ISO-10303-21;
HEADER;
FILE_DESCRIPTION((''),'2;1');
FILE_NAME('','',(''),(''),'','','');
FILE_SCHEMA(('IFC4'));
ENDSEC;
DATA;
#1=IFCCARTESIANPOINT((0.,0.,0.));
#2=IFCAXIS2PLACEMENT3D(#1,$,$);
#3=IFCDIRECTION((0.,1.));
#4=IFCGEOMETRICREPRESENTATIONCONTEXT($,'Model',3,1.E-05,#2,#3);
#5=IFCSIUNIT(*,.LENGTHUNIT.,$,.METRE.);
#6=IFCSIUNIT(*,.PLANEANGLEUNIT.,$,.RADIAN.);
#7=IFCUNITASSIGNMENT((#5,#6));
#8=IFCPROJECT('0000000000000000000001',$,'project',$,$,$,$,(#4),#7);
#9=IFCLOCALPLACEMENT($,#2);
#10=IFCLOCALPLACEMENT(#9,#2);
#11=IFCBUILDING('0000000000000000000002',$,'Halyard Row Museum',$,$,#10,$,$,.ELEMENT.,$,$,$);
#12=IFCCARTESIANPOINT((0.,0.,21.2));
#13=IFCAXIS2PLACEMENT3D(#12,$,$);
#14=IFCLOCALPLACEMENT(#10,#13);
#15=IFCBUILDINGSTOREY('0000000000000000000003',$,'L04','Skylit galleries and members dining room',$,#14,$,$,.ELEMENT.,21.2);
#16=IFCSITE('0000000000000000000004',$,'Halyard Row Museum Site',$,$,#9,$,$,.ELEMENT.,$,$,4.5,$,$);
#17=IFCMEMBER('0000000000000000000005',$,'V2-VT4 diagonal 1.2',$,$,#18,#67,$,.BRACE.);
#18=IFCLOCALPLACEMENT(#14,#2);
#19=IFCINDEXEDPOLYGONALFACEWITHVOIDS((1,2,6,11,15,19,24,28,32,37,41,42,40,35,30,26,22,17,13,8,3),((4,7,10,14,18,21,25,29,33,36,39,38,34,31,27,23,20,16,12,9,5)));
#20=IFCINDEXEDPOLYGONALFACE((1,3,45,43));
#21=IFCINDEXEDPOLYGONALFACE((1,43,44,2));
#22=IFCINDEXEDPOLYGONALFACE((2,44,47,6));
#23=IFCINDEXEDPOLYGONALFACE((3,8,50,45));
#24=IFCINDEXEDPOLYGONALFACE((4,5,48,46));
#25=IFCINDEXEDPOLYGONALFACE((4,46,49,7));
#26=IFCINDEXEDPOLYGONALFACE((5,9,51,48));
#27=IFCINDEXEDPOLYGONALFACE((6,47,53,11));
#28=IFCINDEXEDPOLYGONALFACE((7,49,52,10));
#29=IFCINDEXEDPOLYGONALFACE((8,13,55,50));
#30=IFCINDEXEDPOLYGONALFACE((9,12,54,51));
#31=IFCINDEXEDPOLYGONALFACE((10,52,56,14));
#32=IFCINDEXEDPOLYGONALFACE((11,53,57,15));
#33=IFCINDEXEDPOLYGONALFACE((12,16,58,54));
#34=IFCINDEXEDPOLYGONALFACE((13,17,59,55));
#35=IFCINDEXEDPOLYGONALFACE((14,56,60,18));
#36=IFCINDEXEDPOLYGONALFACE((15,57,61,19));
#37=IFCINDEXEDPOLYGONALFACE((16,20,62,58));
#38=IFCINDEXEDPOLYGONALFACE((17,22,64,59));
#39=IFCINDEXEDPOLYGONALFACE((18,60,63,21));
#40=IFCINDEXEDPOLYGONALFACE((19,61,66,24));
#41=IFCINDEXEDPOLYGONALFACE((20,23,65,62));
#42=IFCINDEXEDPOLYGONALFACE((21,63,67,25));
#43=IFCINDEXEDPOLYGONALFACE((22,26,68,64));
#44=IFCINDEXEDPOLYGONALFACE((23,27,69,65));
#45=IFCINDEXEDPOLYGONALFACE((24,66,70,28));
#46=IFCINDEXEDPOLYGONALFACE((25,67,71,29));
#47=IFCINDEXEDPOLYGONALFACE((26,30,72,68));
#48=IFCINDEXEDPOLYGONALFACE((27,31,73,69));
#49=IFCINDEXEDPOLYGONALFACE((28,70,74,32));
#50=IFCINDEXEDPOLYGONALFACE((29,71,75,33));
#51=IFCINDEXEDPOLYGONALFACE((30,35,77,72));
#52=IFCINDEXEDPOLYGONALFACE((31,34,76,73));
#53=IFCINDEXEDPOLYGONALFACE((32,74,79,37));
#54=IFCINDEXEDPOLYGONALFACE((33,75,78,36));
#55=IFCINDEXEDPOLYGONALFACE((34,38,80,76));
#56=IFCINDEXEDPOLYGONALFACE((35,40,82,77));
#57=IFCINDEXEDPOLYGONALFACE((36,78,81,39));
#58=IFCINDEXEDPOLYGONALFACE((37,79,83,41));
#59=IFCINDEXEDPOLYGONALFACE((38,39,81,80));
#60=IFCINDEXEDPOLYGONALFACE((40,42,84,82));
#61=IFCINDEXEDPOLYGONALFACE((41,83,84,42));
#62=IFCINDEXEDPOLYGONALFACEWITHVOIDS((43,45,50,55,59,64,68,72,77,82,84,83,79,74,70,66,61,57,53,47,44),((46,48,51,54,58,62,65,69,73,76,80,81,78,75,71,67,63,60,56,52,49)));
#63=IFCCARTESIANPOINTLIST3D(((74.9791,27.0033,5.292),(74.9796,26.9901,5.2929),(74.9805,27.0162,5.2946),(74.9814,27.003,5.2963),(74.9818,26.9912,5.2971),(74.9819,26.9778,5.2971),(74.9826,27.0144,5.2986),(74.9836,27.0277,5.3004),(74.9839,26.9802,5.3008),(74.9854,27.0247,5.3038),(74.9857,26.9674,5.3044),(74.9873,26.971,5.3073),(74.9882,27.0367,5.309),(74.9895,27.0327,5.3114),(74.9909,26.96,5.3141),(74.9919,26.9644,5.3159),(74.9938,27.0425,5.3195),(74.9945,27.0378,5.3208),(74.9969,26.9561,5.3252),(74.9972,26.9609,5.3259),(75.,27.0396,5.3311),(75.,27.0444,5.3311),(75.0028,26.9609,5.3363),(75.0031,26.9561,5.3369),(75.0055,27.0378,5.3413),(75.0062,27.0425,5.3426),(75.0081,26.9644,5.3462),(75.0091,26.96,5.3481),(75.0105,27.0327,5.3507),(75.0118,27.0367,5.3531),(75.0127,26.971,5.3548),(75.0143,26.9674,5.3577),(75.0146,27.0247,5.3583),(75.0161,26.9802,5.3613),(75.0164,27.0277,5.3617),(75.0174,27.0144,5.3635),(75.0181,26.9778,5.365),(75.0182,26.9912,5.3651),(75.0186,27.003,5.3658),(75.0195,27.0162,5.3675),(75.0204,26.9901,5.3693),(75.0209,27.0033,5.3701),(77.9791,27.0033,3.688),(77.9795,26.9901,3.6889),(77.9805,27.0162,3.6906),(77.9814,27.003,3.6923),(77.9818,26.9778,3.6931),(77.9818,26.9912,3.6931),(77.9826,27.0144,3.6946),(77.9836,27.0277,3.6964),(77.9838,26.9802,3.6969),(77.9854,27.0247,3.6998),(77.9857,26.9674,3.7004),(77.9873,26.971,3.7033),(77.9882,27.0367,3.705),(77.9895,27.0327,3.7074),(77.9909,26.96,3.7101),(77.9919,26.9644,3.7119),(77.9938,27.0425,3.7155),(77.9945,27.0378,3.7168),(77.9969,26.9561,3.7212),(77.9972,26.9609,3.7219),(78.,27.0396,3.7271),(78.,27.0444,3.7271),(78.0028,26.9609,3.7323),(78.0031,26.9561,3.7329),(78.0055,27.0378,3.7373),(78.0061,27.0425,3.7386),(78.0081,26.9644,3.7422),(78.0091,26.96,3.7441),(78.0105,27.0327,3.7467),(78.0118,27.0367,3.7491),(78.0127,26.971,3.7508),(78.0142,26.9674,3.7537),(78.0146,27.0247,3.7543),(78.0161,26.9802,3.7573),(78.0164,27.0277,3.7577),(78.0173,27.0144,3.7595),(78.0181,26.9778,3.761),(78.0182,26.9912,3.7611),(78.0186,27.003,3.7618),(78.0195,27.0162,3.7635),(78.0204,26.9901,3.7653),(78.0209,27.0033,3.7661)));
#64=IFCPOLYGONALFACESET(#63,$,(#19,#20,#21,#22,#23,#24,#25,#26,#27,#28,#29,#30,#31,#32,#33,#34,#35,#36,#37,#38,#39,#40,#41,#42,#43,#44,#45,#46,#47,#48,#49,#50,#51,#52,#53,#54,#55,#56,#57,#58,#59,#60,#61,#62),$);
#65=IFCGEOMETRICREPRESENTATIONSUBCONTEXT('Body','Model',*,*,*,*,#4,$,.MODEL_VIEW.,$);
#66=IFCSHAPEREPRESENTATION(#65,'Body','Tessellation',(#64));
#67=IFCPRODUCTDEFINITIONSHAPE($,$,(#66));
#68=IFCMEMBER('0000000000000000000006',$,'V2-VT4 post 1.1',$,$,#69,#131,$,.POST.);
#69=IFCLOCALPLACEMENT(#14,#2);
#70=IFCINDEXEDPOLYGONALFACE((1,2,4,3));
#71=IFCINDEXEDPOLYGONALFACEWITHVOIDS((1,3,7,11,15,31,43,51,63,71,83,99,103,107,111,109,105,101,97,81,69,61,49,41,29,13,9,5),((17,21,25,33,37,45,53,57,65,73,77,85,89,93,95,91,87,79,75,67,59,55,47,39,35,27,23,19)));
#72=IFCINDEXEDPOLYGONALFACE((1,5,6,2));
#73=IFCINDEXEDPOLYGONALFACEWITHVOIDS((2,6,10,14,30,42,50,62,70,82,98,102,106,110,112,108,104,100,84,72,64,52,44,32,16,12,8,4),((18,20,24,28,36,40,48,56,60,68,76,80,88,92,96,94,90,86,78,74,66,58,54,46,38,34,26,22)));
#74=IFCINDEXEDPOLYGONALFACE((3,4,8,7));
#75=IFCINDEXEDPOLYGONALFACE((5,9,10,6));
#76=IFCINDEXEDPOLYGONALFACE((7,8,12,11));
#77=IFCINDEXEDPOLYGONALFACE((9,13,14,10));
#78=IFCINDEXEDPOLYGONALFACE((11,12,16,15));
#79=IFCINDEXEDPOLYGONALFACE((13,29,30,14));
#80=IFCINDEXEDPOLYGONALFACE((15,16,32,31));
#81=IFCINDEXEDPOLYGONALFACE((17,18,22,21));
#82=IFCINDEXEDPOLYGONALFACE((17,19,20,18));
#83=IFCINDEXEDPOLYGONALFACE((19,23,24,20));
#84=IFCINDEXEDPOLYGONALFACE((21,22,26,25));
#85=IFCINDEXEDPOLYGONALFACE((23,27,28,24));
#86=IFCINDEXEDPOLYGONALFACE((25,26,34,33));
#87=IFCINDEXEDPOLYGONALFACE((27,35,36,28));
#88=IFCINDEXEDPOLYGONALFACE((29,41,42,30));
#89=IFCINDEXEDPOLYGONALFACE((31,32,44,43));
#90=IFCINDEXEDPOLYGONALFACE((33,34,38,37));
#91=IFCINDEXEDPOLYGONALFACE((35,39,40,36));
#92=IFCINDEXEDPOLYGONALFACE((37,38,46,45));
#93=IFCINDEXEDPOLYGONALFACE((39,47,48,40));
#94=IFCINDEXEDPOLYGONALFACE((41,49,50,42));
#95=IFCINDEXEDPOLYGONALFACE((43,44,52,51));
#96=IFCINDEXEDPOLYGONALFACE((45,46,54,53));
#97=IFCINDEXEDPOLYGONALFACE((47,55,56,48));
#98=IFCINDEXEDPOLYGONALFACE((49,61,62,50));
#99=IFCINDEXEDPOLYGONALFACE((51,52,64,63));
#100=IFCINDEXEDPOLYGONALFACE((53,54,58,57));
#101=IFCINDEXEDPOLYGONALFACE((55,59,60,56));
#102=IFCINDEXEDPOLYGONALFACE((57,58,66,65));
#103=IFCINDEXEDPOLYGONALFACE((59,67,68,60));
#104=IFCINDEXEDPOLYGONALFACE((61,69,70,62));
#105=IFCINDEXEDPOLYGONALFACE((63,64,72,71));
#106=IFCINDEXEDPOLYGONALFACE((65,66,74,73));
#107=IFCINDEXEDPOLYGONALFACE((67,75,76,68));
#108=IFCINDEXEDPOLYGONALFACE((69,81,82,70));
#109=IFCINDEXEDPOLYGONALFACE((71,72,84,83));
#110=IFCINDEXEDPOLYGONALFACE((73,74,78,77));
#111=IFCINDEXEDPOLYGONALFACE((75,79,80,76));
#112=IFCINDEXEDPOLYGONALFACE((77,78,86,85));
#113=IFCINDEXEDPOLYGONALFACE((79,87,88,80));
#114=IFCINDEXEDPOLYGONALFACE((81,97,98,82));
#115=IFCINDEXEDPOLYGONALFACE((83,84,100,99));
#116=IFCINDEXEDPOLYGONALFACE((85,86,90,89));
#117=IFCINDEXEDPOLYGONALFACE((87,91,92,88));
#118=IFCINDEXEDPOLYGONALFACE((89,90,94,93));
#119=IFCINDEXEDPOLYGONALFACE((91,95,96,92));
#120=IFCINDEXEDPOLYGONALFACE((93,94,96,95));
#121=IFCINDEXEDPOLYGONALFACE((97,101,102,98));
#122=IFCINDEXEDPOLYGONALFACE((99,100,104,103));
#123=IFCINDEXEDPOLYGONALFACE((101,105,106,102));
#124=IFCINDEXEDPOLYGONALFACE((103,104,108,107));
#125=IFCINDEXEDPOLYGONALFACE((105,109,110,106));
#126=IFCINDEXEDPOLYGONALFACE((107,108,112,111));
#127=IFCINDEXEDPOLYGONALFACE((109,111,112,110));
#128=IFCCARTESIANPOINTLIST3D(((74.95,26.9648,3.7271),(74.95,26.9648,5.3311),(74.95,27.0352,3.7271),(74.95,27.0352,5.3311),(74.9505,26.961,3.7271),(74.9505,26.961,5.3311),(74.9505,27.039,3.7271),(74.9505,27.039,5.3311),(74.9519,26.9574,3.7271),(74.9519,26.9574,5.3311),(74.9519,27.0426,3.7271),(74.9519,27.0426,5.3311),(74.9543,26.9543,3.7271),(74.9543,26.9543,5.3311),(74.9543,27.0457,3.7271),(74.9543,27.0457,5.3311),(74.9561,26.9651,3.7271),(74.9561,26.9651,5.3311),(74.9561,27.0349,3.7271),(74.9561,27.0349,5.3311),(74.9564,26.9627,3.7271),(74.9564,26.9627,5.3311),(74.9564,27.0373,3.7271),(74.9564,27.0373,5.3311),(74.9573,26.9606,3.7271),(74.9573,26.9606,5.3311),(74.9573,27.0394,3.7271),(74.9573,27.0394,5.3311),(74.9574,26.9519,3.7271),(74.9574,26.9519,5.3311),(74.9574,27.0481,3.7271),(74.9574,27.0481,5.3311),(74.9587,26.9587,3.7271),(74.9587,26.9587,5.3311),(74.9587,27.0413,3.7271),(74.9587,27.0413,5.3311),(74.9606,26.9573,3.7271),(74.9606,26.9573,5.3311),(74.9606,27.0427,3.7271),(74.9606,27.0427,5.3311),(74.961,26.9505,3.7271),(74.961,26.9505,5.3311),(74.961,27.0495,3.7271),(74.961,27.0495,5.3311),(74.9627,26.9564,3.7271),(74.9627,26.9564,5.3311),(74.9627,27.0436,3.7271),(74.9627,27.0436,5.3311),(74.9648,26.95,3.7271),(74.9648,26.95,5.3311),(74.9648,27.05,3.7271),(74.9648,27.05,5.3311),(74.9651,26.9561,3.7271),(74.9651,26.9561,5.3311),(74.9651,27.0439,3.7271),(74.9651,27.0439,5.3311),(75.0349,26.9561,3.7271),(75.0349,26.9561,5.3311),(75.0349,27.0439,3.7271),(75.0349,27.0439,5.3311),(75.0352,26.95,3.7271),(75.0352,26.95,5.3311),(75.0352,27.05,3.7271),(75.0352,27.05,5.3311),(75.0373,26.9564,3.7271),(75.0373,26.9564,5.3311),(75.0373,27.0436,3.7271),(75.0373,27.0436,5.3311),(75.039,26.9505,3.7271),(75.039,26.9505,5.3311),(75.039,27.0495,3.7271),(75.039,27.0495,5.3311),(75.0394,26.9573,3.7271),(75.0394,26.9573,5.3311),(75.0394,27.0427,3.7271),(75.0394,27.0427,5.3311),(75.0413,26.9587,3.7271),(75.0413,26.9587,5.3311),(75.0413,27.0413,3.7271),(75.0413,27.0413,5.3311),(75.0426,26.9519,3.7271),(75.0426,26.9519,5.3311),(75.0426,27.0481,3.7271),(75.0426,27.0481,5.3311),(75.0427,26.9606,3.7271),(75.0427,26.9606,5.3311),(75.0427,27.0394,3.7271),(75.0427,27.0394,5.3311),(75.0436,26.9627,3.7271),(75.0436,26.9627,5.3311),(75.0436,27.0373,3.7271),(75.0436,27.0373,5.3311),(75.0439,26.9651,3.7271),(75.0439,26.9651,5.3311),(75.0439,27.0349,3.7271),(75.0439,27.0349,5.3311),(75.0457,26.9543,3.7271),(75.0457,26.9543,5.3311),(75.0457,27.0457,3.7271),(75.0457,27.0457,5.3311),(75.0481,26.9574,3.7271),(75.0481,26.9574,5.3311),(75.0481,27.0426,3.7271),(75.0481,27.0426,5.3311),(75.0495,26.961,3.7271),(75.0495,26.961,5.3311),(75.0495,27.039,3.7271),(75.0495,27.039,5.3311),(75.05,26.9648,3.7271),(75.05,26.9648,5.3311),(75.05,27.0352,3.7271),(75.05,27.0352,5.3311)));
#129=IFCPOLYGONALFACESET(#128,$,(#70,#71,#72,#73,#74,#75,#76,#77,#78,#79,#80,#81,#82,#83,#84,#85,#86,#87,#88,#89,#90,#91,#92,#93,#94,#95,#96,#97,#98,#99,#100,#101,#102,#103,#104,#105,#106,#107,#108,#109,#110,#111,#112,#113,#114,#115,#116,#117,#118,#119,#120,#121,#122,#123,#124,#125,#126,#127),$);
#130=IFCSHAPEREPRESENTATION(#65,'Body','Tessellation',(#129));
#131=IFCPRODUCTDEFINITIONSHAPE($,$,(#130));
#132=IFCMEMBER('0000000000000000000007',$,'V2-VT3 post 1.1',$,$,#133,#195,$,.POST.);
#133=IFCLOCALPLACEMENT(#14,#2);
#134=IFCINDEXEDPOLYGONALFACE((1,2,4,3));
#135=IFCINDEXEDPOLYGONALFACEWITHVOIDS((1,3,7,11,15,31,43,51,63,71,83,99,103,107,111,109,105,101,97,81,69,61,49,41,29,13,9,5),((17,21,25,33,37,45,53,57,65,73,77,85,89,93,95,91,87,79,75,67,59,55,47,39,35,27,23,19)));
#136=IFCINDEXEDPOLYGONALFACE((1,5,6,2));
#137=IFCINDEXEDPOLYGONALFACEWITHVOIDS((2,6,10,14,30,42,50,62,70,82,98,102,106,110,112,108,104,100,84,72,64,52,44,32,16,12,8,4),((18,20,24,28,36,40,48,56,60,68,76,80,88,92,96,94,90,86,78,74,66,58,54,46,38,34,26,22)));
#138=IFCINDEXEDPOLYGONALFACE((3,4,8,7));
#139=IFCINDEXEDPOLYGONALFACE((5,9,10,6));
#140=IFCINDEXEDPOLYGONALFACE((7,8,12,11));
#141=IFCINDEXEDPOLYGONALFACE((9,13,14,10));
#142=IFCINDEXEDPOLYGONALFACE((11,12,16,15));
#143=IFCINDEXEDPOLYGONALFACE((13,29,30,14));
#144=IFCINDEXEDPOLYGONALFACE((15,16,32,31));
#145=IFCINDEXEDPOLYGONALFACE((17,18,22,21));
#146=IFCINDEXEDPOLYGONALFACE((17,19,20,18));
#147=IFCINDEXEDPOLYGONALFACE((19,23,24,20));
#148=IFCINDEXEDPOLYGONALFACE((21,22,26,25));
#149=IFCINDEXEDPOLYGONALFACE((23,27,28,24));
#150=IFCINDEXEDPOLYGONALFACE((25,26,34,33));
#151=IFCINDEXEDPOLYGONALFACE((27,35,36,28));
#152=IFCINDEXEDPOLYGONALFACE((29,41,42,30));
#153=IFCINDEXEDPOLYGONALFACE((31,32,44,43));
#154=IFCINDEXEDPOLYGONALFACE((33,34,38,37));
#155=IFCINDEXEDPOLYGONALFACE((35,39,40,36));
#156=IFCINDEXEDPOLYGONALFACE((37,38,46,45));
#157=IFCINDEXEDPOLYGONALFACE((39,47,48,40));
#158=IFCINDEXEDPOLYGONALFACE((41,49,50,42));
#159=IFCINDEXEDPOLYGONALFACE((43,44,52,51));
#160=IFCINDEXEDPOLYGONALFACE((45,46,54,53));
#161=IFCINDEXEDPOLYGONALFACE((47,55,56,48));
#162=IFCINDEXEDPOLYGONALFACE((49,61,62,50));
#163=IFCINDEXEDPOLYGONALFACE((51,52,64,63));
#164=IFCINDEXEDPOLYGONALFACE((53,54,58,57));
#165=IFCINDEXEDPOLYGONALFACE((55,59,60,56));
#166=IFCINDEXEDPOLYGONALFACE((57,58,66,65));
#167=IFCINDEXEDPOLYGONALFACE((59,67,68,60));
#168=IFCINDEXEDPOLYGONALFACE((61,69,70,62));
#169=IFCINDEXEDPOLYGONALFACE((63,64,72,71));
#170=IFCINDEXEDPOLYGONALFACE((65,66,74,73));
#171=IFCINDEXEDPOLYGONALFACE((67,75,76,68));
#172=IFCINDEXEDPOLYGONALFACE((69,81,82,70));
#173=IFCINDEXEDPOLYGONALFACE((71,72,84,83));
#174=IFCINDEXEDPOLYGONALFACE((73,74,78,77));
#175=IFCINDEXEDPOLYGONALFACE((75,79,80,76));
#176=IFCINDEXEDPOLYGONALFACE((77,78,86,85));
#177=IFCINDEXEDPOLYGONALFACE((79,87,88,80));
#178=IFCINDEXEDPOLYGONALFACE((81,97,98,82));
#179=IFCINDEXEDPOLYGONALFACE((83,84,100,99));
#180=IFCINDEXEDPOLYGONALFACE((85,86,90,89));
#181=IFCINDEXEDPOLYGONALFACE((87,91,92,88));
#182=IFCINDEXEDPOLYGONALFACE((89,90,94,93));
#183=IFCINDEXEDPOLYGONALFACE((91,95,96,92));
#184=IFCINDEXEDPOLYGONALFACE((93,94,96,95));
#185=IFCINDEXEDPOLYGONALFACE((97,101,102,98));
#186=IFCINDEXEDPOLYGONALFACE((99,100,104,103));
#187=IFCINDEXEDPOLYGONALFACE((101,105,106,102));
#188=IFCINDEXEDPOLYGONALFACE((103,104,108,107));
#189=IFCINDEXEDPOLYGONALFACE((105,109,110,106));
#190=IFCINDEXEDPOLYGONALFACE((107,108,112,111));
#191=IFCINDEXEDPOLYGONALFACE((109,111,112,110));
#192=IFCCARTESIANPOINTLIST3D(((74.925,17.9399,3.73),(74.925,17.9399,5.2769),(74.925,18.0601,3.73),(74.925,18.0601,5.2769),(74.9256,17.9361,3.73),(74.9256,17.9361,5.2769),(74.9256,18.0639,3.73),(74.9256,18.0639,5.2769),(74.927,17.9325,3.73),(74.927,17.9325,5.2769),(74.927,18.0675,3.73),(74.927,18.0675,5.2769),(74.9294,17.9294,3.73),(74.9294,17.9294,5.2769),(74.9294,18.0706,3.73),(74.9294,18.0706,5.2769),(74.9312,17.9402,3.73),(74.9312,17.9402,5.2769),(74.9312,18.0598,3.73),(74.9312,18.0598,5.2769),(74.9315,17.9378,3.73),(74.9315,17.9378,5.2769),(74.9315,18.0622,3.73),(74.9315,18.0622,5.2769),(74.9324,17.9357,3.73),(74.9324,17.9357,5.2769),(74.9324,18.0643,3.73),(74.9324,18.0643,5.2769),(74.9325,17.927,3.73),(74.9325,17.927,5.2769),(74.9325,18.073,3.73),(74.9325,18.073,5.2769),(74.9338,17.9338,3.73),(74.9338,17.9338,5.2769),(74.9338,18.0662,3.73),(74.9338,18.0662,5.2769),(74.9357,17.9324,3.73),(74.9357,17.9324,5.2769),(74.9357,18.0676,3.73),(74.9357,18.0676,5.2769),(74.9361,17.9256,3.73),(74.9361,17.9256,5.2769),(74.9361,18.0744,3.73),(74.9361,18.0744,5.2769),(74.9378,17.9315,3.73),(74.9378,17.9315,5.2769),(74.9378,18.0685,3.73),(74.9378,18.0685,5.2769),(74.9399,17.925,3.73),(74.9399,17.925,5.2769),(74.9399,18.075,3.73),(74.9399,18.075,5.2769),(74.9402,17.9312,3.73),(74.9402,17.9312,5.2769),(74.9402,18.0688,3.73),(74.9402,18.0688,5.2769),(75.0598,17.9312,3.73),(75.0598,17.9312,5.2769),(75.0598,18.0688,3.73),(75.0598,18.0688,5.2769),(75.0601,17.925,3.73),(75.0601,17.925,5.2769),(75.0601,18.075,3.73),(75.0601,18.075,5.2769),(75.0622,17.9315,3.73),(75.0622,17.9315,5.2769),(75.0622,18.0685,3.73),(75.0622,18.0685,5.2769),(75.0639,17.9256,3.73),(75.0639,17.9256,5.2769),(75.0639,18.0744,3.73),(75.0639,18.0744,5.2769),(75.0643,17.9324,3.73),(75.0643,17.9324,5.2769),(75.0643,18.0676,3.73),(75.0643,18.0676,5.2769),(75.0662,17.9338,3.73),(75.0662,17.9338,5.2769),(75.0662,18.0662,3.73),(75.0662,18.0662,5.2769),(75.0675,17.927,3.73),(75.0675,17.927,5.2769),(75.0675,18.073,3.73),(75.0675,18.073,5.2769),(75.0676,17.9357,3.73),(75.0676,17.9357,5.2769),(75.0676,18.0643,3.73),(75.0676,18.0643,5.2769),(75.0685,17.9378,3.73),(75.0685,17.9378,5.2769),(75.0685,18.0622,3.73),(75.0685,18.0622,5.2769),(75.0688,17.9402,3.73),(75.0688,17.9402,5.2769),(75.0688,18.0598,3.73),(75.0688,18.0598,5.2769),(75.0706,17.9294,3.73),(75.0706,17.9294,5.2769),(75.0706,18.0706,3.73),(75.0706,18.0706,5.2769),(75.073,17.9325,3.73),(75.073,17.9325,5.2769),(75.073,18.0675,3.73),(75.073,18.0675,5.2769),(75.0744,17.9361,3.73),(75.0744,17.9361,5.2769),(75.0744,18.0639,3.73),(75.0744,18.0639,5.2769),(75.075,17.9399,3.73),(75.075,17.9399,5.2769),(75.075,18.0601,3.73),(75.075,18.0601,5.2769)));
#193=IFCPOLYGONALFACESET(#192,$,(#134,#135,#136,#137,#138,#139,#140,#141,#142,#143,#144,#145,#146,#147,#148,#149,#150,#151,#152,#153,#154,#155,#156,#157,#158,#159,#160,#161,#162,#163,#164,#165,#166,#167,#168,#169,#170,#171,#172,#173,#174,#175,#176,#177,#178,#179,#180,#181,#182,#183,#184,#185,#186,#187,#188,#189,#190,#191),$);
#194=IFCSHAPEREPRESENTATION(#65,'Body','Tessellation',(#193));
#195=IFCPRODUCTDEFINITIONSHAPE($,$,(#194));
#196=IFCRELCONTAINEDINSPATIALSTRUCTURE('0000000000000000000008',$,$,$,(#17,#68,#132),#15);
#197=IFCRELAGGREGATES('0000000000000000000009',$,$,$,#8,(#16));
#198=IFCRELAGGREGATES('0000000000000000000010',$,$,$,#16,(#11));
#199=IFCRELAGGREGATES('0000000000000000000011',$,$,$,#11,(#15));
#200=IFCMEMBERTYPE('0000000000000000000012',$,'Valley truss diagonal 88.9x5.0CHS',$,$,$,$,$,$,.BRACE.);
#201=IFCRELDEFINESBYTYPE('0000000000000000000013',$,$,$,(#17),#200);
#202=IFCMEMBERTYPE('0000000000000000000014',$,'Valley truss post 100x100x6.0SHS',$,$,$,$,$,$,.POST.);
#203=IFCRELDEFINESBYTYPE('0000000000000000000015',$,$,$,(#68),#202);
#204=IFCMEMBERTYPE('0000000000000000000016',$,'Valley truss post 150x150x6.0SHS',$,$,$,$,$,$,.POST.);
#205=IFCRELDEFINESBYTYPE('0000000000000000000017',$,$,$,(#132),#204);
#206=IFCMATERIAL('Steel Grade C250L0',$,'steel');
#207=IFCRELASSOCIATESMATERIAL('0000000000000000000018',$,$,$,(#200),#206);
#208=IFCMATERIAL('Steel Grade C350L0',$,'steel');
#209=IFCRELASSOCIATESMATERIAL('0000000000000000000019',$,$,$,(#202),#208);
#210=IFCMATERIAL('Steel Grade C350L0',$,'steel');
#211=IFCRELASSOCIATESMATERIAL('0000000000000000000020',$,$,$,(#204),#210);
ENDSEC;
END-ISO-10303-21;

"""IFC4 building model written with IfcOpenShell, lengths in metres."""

from ifc_helpers import new_model, si_unit, direction, frame, origin, origin_2d, place, context, subcontext, project, spatial, hollow_rectangle, hollow_circle, extrude, material, material_profile, profile_set, type_object, element, save


model = new_model("IFC4")

# Units and contexts
model_context = context("Model", 3, precision=1e-05, world=origin(), true_north=direction((0.0, 1.0)))
body_context = subcontext(model_context, "Body", "Model", "MODEL_VIEW")
ifc_project = project(units=[si_unit("LENGTHUNIT", "METRE"), si_unit("PLANEANGLEUNIT", "RADIAN")], contexts=[model_context])

# Site, building, storey
site_placement = place(None, origin())
site = spatial("IfcSite", under=ifc_project, at=site_placement, Name="Halyard Row Museum Site", CompositionType="ELEMENT", RefElevation=4.5)
building_placement = place(site_placement, origin())
building = spatial("IfcBuilding", under=site, at=building_placement, Name="Halyard Row Museum", CompositionType="ELEMENT")
storey_placement = place(building_placement, frame((0.0, 0.0, 21.2)))
storey = spatial("IfcBuildingStorey", under=building, at=storey_placement, Name="L04", Description="Skylit galleries and members dining room", CompositionType="ELEMENT", Elevation=21.2)

# Members
ifc_material_1 = material(Name="Steel Grade C250L0", Category="steel")
ifc_material_profile_1 = material_profile(ifc_material_1, hollow_circle(Radius=0.0444, WallThickness=0.0049, at=origin_2d()), Name="88.9x5.0CHS")
ifc_profile_set_1 = profile_set([ifc_material_profile_1], Name="Steel Grade C250L0")
member_type_1 = type_object("IfcMemberType", Name="Valley truss diagonal 88.9x5.0CHS", PredefinedType="BRACE", material=ifc_profile_set_1)
member_1_placement = place(storey_placement, frame((75.0, 27.0, 5.3311), z_axis=(0.881864, 0.0, -0.471504), x_axis=(0.0, 1.0, 0.0)))
element("IfcMember", 1, at=member_1_placement, inside=storey, type_object=member_type_1, Name="V2-VT4 diagonal 1.2", PredefinedType="BRACE", context=body_context, shape_type="SweptSolid", body=[
    extrude(hollow_circle(Radius=0.0444, WallThickness=0.0049, at=origin_2d()), origin(), (0.0, 0.0, 1.0), 3.4019),
])
ifc_material_2 = material(Name="Steel Grade C350L0", Category="steel")
ifc_material_profile_2 = material_profile(ifc_material_2, hollow_rectangle(XDim=0.1001, YDim=0.1001, WallThickness=0.0061, InnerFilletRadius=0.009, OuterFilletRadius=0.0149, at=origin_2d()), Name="100x100x6.0SHS")
ifc_profile_set_2 = profile_set([ifc_material_profile_2], Name="Steel Grade C350L0")
member_type_2 = type_object("IfcMemberType", Name="Valley truss post 100x100x6.0SHS", PredefinedType="POST", material=ifc_profile_set_2)
member_2_placement = place(storey_placement, frame((75.0, 27.0, 3.7271), z_axis=(0.0, 0.0, 1.0), x_axis=(1.0, 0.0, 0.0)))
element("IfcMember", 2, at=member_2_placement, inside=storey, type_object=member_type_2, Name="V2-VT4 post 1.1", PredefinedType="POST", context=body_context, shape_type="SweptSolid", body=[
    extrude(hollow_rectangle(XDim=0.1001, YDim=0.1001, WallThickness=0.0061, InnerFilletRadius=0.009, OuterFilletRadius=0.0149, at=origin_2d()), origin(), (0.0, 0.0, 1.0), 1.604),
])
ifc_material_3 = material(Name="Steel Grade C350L0", Category="steel")
ifc_material_profile_3 = material_profile(ifc_material_3, hollow_rectangle(XDim=0.1499, YDim=0.1499, WallThickness=0.0061, InnerFilletRadius=0.009, OuterFilletRadius=0.0149, at=origin_2d()), Name="150x150x6.0SHS")
ifc_profile_set_3 = profile_set([ifc_material_profile_3], Name="Steel Grade C350L0")
member_type_3 = type_object("IfcMemberType", Name="Valley truss post 150x150x6.0SHS", PredefinedType="POST", material=ifc_profile_set_3)
member_3_placement = place(storey_placement, frame((75.0, 18.0, 3.73), z_axis=(0.0, 0.0, 1.0), x_axis=(1.0, 0.0, 0.0)))
element("IfcMember", 3, at=member_3_placement, inside=storey, type_object=member_type_3, Name="V2-VT3 post 1.1", PredefinedType="POST", context=body_context, shape_type="SweptSolid", body=[
    extrude(hollow_rectangle(XDim=0.1499, YDim=0.1499, WallThickness=0.0061, InnerFilletRadius=0.009, OuterFilletRadius=0.0149, at=origin_2d()), origin(), (0.0, 0.0, 1.0), 1.5469),
])

save(model, "model.ifc")
